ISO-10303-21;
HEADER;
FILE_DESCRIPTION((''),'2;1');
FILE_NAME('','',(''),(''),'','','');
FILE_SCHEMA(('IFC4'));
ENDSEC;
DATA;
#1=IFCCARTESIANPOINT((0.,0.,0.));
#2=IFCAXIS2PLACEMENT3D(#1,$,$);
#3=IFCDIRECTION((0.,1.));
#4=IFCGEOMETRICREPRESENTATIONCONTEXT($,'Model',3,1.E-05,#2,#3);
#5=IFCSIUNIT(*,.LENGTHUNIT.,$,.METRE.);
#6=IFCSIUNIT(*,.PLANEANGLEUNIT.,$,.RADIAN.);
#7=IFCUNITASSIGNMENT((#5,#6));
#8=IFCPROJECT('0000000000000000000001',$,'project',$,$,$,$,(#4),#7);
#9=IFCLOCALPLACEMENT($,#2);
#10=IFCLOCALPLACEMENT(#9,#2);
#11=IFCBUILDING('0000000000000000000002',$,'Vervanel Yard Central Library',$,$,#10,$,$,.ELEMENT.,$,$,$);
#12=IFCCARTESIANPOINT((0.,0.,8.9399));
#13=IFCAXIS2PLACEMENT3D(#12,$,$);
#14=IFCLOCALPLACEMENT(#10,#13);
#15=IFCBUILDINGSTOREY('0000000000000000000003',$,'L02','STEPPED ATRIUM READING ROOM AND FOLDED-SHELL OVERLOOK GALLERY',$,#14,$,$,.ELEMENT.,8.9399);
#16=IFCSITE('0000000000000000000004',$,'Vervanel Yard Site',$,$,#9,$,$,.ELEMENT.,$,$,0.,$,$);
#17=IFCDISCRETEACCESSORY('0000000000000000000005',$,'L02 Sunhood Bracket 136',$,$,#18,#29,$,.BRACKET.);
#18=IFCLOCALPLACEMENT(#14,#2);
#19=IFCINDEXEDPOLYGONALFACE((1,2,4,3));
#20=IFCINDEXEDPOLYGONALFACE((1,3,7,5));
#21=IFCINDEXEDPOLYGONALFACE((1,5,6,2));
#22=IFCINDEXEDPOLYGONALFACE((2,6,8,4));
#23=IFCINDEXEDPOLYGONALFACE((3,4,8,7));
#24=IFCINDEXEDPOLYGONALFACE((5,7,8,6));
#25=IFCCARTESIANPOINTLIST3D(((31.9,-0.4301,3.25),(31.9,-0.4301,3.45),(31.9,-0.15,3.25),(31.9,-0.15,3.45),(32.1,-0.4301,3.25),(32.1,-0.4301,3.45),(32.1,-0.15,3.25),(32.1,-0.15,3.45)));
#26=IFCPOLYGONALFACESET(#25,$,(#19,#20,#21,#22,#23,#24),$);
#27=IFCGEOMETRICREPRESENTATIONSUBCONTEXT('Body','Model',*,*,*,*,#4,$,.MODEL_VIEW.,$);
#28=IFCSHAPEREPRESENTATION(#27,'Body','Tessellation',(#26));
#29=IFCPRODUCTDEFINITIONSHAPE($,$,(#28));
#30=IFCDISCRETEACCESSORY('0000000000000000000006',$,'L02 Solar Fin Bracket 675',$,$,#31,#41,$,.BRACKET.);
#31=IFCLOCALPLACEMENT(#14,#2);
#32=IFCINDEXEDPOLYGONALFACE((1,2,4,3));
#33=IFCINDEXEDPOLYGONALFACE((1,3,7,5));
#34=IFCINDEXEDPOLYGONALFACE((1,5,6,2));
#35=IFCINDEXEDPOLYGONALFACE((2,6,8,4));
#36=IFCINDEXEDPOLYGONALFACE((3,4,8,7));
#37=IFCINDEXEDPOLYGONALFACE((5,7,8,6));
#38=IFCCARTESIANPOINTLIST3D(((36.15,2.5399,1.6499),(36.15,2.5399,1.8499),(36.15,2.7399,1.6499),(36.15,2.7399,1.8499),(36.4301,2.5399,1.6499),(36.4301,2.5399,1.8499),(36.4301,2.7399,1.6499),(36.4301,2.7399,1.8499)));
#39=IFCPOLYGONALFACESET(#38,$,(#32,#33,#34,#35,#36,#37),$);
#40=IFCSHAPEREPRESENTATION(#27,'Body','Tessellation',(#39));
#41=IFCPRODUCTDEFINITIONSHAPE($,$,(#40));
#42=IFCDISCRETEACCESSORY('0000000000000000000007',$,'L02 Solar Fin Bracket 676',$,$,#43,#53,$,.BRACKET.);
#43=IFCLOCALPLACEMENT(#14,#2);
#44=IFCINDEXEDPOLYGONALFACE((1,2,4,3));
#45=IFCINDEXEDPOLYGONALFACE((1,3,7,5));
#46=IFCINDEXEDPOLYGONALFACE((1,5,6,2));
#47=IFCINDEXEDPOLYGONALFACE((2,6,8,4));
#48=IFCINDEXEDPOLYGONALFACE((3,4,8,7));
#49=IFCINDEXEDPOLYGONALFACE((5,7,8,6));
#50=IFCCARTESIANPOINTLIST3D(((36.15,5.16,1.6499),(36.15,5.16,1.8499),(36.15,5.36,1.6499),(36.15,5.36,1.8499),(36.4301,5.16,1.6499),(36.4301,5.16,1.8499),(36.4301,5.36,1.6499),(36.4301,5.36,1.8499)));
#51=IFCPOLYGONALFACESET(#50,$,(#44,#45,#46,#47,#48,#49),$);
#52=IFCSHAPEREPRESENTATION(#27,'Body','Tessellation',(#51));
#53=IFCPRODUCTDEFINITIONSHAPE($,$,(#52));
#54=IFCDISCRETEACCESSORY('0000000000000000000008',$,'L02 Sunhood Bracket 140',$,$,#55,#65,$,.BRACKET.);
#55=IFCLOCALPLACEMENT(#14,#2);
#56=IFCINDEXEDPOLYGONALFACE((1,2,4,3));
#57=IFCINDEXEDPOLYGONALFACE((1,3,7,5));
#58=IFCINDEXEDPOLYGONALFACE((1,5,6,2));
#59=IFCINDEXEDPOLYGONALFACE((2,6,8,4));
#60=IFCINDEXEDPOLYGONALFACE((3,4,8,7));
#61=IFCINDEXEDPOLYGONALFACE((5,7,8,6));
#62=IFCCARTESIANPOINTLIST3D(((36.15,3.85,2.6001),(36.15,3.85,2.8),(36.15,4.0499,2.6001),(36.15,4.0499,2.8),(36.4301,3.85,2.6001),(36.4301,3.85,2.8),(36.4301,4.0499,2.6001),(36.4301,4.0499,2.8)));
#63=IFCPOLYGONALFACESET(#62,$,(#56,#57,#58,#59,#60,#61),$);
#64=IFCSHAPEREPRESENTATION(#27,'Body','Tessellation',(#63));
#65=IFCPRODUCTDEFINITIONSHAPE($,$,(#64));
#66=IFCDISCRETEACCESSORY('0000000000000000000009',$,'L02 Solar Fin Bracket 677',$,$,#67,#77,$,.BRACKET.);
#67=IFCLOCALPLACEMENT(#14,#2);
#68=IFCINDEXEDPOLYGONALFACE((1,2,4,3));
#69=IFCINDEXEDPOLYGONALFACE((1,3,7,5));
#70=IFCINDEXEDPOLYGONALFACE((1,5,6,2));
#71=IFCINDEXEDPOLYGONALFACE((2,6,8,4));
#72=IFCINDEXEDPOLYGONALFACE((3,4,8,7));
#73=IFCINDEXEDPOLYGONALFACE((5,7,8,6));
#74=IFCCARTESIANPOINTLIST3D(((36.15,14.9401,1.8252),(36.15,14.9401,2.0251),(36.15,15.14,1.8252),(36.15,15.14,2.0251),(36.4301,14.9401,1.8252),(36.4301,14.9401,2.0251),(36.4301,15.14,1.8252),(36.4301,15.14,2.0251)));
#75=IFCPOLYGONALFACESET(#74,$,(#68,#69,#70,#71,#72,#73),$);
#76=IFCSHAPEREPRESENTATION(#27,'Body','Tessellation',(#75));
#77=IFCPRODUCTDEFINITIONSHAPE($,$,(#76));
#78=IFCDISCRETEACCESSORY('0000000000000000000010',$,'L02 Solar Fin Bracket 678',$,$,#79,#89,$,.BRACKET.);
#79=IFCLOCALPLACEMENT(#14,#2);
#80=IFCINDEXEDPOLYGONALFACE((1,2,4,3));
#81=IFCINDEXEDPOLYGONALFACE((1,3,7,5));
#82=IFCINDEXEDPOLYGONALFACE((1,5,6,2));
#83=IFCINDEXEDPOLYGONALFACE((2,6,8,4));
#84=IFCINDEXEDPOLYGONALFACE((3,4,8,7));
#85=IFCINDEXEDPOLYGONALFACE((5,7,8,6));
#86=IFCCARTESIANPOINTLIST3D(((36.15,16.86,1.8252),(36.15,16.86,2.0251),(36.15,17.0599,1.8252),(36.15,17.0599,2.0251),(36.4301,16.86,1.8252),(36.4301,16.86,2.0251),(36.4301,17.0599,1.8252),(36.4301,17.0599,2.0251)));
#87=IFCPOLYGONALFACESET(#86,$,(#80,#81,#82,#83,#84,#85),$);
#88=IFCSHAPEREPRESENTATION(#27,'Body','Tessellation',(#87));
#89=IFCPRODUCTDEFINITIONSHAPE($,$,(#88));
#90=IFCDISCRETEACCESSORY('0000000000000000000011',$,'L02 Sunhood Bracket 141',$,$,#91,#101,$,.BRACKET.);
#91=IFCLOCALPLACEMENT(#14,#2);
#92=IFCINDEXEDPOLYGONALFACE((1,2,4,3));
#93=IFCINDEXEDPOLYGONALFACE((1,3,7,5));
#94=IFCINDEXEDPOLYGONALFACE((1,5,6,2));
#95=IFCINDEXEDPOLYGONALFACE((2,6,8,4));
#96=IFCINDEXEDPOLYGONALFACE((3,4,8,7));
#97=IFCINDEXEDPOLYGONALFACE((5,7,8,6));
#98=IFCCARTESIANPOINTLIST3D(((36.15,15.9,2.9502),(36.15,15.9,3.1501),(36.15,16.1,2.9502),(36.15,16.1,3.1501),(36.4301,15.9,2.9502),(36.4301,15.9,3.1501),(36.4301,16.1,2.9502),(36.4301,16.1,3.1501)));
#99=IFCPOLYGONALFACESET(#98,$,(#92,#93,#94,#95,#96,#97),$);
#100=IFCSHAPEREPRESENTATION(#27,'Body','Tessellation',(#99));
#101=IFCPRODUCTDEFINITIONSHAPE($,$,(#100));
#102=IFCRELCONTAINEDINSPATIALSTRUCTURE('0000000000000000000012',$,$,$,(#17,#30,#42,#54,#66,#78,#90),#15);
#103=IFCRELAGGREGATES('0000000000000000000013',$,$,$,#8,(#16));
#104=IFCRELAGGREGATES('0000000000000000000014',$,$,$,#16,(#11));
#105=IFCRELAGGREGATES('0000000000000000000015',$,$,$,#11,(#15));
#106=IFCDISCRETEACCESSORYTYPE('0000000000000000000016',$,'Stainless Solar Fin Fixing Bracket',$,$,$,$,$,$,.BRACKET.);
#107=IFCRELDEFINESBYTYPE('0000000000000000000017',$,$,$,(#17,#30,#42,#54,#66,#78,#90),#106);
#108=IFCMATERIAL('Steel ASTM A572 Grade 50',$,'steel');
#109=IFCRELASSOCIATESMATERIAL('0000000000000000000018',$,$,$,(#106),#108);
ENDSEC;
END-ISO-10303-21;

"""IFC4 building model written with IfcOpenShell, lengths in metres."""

from ifc_helpers import new_model, si_unit, direction, frame, origin, origin_2d, place, context, subcontext, project, spatial, rectangle, extrude, material, type_object, element, save


model = new_model("IFC4")

# Units and contexts
model_context = context("Model", 3, precision=1e-05, world=origin(), true_north=direction((0.0, 1.0)))
body_context = subcontext(model_context, "Body", "Model", "MODEL_VIEW")
ifc_project = project(units=[si_unit("LENGTHUNIT", "METRE"), si_unit("PLANEANGLEUNIT", "RADIAN")], contexts=[model_context])

# Site, building, storey
site_placement = place(None, origin())
site = spatial("IfcSite", under=ifc_project, at=site_placement, Name="Vervanel Yard Site", CompositionType="ELEMENT", RefElevation=0.0)
building_placement = place(site_placement, origin())
building = spatial("IfcBuilding", under=site, at=building_placement, Name="Vervanel Yard Central Library", CompositionType="ELEMENT")
storey_placement = place(building_placement, frame((0.0, 0.0, 8.9399)))
storey = spatial("IfcBuildingStorey", under=building, at=storey_placement, Name="L02", Description="STEPPED ATRIUM READING ROOM AND FOLDED-SHELL OVERLOOK GALLERY", CompositionType="ELEMENT", Elevation=8.9399)

# Discrete accessories
ifc_material_1 = material(Name="Steel ASTM A572 Grade 50", Category="steel")
discrete_accessory_type = type_object("IfcDiscreteAccessoryType", Name="Stainless Solar Fin Fixing Bracket", PredefinedType="BRACKET", material=ifc_material_1)
for number, where, z_axis, x_axis, name in (
    (1, (32.0, -0.29, 3.25), (0.0, 0.0, 1.0), (1.0, 0.0, 0.0), "L02 Sunhood Bracket 136"),
    (2, (36.29, 2.6399, 1.6499), (0.0, 0.0, 1.0), (0.0, 1.0, 0.0), "L02 Solar Fin Bracket 675"),
    (3, (36.29, 5.26, 1.6499), (0.0, 0.0, 1.0), (0.0, 1.0, 0.0), "L02 Solar Fin Bracket 676"),
    (4, (36.29, 3.95, 2.6001), (0.0, 0.0, 1.0), (0.0, 1.0, 0.0), "L02 Sunhood Bracket 140"),
    (5, (36.29, 15.04, 1.8252), (0.0, 0.0, 1.0), (0.0, 1.0, 0.0), "L02 Solar Fin Bracket 677"),
    (6, (36.29, 16.96, 1.8252), (0.0, 0.0, 1.0), (0.0, 1.0, 0.0), "L02 Solar Fin Bracket 678"),
    (7, (36.29, 16.0, 2.9502), (0.0, 0.0, 1.0), (0.0, 1.0, 0.0), "L02 Sunhood Bracket 141"),
):
    element("IfcDiscreteAccessory", number, at=place(storey_placement, frame(where, z_axis=z_axis, x_axis=x_axis)), inside=storey, type_object=discrete_accessory_type, Name=name, PredefinedType="BRACKET", context=body_context, shape_type="SweptSolid", body=[
        extrude(rectangle(XDim=0.2, YDim=0.28, at=origin_2d()), origin(), (0.0, 0.0, 1.0), 0.2),
    ])

save(model, "model.ifc")
